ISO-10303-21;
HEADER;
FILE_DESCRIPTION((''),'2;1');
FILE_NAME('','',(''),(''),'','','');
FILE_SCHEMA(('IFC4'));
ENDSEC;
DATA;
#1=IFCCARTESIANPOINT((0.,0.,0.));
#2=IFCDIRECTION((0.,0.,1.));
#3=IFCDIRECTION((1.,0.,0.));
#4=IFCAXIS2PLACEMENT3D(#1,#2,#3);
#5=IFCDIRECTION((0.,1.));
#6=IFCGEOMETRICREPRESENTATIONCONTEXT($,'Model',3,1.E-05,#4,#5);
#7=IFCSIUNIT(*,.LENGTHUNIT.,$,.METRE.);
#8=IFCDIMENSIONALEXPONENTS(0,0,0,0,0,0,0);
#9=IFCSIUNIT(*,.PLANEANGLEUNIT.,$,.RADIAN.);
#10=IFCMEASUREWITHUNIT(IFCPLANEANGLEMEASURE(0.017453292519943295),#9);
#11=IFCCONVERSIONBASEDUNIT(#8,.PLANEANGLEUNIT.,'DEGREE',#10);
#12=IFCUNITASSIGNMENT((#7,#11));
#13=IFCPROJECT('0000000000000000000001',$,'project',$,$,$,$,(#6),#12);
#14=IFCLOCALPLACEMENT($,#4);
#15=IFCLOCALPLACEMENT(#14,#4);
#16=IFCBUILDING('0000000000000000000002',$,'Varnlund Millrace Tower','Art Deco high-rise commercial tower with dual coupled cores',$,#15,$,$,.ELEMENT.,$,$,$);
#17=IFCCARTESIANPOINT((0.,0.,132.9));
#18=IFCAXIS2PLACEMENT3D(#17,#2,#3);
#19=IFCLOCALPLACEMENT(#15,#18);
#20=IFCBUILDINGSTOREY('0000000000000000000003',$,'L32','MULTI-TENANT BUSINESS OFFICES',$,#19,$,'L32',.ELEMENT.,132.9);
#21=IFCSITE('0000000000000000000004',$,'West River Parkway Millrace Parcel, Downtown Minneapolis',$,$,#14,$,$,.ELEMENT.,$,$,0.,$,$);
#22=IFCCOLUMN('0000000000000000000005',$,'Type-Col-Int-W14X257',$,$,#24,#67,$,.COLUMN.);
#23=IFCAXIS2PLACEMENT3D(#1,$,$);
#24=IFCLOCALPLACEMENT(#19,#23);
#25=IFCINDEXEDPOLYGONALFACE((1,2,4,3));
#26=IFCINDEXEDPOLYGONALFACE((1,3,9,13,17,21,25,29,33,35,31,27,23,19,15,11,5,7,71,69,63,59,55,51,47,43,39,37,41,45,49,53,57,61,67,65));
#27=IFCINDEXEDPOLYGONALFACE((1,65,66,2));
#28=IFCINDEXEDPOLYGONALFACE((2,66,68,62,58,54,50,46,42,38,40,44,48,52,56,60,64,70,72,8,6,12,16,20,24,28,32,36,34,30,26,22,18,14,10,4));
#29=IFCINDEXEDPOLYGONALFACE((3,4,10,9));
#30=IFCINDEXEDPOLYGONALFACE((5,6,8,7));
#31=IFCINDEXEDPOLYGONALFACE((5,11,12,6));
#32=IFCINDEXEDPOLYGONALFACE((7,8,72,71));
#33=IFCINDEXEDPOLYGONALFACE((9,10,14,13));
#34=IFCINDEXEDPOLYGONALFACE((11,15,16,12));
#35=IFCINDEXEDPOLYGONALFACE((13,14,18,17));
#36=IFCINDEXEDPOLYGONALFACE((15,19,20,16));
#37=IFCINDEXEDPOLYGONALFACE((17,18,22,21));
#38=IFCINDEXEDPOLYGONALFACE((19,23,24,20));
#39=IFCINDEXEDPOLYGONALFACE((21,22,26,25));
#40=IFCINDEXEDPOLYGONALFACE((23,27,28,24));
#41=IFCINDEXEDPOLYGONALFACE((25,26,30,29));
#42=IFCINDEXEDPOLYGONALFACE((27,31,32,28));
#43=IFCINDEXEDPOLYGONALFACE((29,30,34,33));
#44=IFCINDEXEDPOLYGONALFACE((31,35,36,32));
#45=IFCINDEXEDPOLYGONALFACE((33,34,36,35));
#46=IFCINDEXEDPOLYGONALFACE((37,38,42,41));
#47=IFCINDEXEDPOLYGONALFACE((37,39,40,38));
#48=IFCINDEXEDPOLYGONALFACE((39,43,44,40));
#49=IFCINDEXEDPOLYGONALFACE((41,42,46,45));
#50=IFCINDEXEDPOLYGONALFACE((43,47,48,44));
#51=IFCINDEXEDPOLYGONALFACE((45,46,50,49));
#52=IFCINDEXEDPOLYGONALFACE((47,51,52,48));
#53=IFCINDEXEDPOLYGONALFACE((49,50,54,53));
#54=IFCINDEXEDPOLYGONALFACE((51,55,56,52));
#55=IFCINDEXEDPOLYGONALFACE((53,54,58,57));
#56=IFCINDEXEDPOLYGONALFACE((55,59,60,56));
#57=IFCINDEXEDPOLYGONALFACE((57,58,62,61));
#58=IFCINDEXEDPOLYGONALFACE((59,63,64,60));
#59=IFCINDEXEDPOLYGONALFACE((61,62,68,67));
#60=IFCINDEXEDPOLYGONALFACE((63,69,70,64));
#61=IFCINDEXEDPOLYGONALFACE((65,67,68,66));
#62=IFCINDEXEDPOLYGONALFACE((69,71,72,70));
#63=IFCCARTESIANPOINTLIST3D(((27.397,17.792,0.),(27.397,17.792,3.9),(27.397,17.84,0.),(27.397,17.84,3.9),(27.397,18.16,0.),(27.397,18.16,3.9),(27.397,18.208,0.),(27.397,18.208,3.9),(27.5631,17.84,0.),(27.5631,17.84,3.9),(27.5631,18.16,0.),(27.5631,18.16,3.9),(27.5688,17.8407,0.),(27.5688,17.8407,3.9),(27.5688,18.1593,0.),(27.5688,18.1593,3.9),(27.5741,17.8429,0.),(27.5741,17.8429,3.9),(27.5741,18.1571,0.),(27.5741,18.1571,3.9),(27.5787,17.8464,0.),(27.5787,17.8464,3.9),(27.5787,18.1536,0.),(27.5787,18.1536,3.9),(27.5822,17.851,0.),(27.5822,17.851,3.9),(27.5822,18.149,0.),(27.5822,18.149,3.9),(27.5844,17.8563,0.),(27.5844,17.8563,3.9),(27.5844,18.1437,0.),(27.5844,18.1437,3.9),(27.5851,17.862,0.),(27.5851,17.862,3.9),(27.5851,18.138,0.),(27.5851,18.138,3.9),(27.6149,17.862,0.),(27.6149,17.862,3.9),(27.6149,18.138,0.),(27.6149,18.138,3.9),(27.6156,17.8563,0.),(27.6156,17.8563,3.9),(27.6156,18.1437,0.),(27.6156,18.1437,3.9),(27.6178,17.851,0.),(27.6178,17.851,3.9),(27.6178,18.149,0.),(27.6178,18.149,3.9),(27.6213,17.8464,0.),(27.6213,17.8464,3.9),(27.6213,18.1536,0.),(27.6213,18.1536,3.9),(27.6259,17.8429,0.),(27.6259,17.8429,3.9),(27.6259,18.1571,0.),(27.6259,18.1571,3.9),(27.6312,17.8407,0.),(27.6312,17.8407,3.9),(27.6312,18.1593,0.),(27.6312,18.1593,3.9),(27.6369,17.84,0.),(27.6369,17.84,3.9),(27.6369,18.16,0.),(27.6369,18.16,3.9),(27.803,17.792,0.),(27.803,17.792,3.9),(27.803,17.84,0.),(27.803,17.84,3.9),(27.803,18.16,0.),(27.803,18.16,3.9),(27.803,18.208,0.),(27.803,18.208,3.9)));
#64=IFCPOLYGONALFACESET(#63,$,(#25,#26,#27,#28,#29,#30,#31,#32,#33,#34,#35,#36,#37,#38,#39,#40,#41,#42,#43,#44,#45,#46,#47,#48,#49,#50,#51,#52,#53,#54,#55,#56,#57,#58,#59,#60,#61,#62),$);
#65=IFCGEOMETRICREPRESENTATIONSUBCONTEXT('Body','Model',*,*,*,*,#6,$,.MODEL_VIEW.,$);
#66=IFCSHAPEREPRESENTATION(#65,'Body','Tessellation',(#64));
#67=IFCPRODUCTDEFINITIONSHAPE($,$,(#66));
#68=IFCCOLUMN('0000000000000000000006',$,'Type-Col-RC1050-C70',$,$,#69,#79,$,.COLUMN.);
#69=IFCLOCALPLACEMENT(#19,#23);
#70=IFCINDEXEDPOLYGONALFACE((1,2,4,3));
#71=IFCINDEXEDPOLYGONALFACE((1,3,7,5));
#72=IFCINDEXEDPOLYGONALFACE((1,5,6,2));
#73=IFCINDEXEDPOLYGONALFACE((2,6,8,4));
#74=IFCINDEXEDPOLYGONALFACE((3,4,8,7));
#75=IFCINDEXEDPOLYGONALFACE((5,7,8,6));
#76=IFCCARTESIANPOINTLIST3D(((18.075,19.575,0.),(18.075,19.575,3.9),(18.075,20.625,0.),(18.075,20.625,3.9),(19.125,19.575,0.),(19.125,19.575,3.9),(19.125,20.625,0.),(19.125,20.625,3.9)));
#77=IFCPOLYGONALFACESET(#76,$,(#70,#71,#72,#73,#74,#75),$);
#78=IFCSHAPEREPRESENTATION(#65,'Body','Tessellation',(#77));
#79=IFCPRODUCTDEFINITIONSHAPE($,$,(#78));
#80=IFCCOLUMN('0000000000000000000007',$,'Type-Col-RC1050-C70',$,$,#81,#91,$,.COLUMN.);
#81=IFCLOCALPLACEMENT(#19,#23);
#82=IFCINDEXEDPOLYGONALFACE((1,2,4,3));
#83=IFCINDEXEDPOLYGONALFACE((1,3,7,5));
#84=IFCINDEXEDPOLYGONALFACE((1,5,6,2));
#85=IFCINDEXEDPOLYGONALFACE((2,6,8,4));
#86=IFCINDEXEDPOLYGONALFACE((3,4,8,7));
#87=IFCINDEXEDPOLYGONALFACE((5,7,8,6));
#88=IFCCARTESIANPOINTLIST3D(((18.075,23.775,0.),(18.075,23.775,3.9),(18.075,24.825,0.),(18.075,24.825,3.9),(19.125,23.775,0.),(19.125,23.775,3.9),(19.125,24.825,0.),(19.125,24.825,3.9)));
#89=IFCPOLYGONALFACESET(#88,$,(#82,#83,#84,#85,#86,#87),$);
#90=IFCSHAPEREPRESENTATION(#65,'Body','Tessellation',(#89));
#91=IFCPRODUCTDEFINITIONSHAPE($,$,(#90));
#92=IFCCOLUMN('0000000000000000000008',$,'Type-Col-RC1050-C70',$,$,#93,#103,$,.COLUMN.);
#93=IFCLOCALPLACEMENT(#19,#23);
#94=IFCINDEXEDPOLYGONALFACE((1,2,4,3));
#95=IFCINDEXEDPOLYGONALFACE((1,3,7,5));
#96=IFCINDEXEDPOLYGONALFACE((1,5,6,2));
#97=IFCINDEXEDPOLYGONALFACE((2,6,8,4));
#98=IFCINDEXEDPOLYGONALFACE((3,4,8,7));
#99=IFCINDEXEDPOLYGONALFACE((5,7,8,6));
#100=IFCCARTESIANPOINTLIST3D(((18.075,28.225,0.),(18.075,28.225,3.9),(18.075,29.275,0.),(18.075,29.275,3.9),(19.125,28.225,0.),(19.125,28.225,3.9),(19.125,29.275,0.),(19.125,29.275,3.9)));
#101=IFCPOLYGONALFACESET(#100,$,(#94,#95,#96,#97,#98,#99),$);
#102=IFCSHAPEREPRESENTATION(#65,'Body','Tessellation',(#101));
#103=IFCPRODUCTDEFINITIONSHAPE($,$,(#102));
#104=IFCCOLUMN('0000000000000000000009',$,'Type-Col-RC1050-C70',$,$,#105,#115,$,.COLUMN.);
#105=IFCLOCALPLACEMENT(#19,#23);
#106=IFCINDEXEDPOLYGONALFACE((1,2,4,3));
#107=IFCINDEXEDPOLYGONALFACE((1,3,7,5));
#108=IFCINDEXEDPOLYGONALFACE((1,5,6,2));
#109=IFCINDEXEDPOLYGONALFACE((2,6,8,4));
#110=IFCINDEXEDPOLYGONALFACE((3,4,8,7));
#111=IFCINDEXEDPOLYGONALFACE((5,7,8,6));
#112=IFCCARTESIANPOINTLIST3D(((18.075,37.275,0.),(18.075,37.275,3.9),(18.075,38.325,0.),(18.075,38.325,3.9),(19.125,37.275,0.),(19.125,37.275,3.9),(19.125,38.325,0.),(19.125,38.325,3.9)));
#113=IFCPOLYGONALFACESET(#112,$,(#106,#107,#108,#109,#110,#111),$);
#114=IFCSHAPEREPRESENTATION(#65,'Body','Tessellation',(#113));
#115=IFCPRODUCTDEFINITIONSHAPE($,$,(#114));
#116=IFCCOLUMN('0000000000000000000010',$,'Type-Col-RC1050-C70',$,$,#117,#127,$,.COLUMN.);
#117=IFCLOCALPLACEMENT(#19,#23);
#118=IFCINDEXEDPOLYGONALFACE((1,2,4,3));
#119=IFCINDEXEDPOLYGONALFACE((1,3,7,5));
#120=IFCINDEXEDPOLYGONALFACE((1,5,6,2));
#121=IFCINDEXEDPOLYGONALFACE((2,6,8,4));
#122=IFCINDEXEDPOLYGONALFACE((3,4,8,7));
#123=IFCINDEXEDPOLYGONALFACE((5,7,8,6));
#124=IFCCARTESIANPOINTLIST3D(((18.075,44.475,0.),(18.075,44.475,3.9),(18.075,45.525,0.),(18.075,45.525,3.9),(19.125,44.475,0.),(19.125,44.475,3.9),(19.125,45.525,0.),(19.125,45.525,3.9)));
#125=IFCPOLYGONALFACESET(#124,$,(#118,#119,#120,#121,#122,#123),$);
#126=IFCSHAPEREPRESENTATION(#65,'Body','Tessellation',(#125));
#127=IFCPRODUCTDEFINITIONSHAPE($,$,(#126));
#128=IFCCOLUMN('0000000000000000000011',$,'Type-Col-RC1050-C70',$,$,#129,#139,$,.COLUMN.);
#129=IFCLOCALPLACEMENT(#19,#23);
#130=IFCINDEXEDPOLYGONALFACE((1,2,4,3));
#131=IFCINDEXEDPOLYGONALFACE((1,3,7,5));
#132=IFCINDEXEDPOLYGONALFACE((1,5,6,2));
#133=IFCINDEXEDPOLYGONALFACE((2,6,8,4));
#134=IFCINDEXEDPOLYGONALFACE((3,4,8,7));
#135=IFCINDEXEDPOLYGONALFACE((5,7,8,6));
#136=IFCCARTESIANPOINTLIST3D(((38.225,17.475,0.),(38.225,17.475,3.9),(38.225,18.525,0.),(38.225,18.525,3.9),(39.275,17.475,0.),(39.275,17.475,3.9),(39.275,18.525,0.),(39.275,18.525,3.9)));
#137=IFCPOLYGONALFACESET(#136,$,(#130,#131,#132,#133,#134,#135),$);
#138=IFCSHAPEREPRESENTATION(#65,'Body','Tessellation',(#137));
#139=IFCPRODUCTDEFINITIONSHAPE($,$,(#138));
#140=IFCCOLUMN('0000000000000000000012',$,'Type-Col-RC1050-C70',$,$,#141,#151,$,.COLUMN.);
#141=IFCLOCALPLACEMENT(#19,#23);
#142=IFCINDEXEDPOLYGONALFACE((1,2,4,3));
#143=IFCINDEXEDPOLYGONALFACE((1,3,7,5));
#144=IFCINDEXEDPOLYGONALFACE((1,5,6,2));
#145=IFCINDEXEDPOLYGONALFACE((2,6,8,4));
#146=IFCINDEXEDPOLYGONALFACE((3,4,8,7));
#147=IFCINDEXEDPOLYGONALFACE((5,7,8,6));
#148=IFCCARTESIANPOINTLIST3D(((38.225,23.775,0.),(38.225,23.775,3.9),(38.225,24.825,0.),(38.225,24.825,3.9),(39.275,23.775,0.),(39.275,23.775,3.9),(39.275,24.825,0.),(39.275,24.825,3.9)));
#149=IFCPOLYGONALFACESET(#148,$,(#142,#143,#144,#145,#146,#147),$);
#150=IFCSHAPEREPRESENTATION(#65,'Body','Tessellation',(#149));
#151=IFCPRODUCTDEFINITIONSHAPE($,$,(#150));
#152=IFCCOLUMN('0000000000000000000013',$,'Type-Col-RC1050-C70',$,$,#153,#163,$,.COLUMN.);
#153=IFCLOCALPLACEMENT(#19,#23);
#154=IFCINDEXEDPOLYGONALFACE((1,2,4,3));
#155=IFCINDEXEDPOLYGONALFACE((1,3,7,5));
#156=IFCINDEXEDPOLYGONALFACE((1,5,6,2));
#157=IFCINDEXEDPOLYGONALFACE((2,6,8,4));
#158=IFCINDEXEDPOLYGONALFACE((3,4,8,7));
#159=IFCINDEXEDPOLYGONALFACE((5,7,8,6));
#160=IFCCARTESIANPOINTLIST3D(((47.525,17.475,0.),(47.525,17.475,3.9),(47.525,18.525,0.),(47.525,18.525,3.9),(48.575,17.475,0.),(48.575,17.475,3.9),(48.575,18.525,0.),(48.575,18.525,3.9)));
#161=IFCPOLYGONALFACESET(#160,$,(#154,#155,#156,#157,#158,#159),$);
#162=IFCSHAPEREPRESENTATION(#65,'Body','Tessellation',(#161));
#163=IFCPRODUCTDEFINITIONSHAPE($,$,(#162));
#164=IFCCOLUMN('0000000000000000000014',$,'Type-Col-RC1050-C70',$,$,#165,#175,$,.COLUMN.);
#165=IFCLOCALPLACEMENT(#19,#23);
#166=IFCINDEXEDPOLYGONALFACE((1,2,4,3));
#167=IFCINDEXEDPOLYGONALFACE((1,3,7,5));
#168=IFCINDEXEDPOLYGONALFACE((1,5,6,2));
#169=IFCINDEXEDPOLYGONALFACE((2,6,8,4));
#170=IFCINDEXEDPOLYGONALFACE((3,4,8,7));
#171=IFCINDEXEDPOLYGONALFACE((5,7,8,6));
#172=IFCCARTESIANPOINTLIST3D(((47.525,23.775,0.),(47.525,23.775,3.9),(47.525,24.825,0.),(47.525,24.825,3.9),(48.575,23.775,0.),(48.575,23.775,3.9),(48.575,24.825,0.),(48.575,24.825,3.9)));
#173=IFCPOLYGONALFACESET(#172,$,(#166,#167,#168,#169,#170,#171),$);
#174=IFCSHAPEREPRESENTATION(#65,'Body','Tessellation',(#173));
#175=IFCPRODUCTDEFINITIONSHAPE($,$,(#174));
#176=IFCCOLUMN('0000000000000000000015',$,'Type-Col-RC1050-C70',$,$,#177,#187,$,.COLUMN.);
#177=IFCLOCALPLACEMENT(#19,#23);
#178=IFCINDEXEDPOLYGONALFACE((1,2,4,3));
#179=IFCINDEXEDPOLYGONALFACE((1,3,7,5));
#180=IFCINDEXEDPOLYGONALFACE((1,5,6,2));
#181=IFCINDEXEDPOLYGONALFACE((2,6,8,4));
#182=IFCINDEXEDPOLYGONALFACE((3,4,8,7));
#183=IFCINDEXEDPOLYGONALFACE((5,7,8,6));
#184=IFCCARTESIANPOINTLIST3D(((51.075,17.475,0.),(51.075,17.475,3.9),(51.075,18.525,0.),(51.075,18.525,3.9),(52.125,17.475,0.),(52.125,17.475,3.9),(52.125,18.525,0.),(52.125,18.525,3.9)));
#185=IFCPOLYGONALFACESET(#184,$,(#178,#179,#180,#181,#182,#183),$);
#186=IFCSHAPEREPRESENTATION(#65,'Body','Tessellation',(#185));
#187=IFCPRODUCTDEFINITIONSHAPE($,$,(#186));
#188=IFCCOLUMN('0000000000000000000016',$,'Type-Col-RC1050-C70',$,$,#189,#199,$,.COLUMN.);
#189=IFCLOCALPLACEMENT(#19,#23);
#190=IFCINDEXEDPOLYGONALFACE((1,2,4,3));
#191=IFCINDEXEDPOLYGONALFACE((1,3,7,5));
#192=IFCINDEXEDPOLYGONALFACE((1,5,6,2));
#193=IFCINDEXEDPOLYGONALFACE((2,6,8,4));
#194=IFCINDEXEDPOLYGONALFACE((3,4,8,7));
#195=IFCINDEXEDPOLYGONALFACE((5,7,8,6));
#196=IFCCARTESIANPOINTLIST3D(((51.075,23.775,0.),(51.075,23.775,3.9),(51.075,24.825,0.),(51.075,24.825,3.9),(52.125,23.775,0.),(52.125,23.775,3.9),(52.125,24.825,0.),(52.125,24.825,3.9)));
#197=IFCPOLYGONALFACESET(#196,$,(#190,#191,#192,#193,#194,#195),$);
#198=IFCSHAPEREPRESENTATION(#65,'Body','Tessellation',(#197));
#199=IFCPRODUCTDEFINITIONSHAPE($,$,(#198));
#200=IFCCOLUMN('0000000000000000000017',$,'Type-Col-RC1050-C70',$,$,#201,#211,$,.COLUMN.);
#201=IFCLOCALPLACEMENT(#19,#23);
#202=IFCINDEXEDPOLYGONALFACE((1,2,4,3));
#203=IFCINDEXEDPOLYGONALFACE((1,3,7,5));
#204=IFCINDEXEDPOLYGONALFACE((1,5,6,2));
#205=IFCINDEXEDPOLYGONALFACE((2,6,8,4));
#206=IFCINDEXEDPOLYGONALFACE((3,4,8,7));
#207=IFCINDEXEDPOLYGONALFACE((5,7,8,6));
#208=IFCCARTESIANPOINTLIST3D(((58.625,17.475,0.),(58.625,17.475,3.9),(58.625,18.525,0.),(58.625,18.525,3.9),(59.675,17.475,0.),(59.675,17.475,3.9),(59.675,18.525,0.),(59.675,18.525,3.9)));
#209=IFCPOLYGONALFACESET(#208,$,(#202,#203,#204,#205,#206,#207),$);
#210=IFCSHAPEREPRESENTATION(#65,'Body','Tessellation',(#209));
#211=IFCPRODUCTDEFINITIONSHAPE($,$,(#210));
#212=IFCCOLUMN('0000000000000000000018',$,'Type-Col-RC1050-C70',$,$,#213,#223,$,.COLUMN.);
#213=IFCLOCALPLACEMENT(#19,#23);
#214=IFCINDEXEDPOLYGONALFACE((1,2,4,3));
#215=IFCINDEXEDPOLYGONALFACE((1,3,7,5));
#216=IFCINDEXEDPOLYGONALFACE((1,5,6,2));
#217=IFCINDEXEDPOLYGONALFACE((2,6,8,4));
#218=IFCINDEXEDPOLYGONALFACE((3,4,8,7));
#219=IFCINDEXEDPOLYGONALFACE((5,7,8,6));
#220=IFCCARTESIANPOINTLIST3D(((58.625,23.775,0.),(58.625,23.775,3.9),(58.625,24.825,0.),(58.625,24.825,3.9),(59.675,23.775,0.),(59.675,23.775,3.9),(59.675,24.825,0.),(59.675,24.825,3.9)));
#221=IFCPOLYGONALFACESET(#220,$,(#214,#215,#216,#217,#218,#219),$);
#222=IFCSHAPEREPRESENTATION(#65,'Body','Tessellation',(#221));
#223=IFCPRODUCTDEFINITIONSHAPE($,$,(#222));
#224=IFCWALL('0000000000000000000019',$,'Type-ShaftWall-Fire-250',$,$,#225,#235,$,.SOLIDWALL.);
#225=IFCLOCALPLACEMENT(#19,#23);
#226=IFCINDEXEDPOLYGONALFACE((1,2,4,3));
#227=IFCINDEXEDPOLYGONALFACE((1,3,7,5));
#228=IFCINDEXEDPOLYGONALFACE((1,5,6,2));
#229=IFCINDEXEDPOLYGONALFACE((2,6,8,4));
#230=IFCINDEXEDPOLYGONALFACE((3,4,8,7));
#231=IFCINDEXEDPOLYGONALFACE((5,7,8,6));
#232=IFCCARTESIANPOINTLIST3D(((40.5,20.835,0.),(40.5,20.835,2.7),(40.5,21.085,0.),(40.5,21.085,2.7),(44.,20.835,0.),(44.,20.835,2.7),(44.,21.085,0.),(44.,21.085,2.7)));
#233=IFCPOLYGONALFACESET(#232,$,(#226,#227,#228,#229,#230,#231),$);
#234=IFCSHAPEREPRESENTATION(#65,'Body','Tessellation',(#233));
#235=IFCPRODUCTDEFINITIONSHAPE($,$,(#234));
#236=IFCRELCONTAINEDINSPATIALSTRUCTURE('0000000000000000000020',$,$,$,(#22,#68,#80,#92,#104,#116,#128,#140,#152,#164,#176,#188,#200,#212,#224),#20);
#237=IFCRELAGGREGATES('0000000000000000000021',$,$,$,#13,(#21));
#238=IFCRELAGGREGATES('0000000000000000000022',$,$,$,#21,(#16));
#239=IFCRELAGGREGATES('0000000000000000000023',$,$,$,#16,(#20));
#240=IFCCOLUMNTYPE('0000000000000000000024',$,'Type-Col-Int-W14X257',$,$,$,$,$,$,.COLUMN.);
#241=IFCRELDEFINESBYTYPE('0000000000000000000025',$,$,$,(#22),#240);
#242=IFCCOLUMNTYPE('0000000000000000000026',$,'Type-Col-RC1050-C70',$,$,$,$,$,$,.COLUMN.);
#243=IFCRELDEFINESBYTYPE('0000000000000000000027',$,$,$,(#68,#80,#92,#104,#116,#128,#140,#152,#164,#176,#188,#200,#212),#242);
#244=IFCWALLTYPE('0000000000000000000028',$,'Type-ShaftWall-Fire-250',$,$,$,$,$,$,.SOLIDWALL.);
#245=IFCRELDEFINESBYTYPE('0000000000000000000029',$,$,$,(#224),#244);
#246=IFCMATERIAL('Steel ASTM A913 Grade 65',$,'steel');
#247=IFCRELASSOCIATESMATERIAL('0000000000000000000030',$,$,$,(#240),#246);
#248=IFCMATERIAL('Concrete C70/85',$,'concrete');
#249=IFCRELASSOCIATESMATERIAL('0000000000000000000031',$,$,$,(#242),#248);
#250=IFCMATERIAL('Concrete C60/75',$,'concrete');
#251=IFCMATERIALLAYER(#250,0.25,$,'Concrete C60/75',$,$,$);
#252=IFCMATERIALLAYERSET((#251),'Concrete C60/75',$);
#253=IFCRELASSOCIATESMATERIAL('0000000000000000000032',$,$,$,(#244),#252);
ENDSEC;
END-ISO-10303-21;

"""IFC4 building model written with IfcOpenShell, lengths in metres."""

from ifc_helpers import new_model, entity, si_unit, converted_unit, direction, frame, origin_with_axes, origin_2d_with_axis, place, context, subcontext, project, spatial, polyline, rectangle, i_section, outline, extrude, material, layer, layer_set, material_profile, profile_set, type_object, element, save


model = new_model("IFC4")

# Units and contexts
model_context = context("Model", 3, precision=1e-05, world=origin_with_axes(), true_north=direction((0.0, 1.0)))
body_context = subcontext(model_context, "Body", "Model", "MODEL_VIEW")
ifc_project = project(units=[si_unit("LENGTHUNIT", "METRE"), converted_unit("PLANEANGLEUNIT", "DEGREE", entity("IfcPlaneAngleMeasure", 0.017453292519943295), si_unit("PLANEANGLEUNIT", "RADIAN"), dimensions=[0, 0, 0, 0, 0, 0, 0])], contexts=[model_context])

# Site, building, storey
site_placement = place(None, origin_with_axes())
site = spatial("IfcSite", under=ifc_project, at=site_placement, Name="West River Parkway Millrace Parcel, Downtown Minneapolis", CompositionType="ELEMENT", RefElevation=0.0)
building_placement = place(site_placement, origin_with_axes())
building = spatial("IfcBuilding", under=site, at=building_placement, Name="Varnlund Millrace Tower", Description="Art Deco high-rise commercial tower with dual coupled cores", CompositionType="ELEMENT")
storey_placement = place(building_placement, frame((0.0, 0.0, 132.9), z_axis=(0.0, 0.0, 1.0), x_axis=(1.0, 0.0, 0.0)))
storey = spatial("IfcBuildingStorey", under=building, at=storey_placement, Name="L32", Description="MULTI-TENANT BUSINESS OFFICES", LongName="L32", CompositionType="ELEMENT", Elevation=132.9)

# Columns
ifc_material_1 = material(Name="Steel ASTM A913 Grade 65", Category="steel")
ifc_material_profile_1 = material_profile(ifc_material_1, i_section(OverallWidth=0.406, OverallDepth=0.416, WebThickness=0.0298, FlangeThickness=0.048, FilletRadius=0.022, at=origin_2d_with_axis()), Name="Steel ASTM A913 Grade 65")
ifc_profile_set_1 = profile_set([ifc_material_profile_1], Name="Steel ASTM A913 Grade 65")
column_type_1 = type_object("IfcColumnType", Name="Type-Col-Int-W14X257", PredefinedType="COLUMN", material=ifc_profile_set_1)
column_placement = place(storey_placement, frame((27.6, 18.0, 0.0), z_axis=(0.0, 0.0, 1.0), x_axis=(1.0, 0.0, 0.0)))
element("IfcColumn", 1, at=column_placement, inside=storey, type_object=column_type_1, Name="Type-Col-Int-W14X257", PredefinedType="COLUMN", context=body_context, shape_type="SweptSolid", body=[
    extrude(i_section(OverallWidth=0.406, OverallDepth=0.416, WebThickness=0.0298, FlangeThickness=0.048, FilletRadius=0.022, at=origin_2d_with_axis()), origin_with_axes(), (0.0, 0.0, 1.0), 3.9),
])
ifc_material_2 = material(Name="Concrete C70/85", Category="concrete")
ifc_material_profile_2 = material_profile(ifc_material_2, rectangle(XDim=1.05, YDim=1.05, at=origin_2d_with_axis()), Name="Concrete C70/85")
ifc_profile_set_2 = profile_set([ifc_material_profile_2], Name="Concrete C70/85")
column_type_2 = type_object("IfcColumnType", Name="Type-Col-RC1050-C70", PredefinedType="COLUMN", material=ifc_profile_set_2)
for number, where, z_axis, x_axis, name in (
    (2, (18.6, 20.1, 0.0), (0.0, 0.0, 1.0), (1.0, 0.0, 0.0), "Type-Col-RC1050-C70"),
    (3, (18.6, 24.3, 0.0), (0.0, 0.0, 1.0), (1.0, 0.0, 0.0), "Type-Col-RC1050-C70"),
    (4, (18.6, 28.75, 0.0), (0.0, 0.0, 1.0), (1.0, 0.0, 0.0), "Type-Col-RC1050-C70"),
    (5, (18.6, 37.8, 0.0), (0.0, 0.0, 1.0), (1.0, 0.0, 0.0), "Type-Col-RC1050-C70"),
    (6, (18.6, 45.0, 0.0), (0.0, 0.0, 1.0), (1.0, 0.0, 0.0), "Type-Col-RC1050-C70"),
    (7, (38.75, 18.0, 0.0), (0.0, 0.0, 1.0), (1.0, 0.0, 0.0), "Type-Col-RC1050-C70"),
    (8, (38.75, 24.3, 0.0), (0.0, 0.0, 1.0), (1.0, 0.0, 0.0), "Type-Col-RC1050-C70"),
    (9, (48.05, 18.0, 0.0), (0.0, 0.0, 1.0), (1.0, 0.0, 0.0), "Type-Col-RC1050-C70"),
    (10, (48.05, 24.3, 0.0), (0.0, 0.0, 1.0), (1.0, 0.0, 0.0), "Type-Col-RC1050-C70"),
    (11, (51.6, 18.0, 0.0), (0.0, 0.0, 1.0), (1.0, 0.0, 0.0), "Type-Col-RC1050-C70"),
    (12, (51.6, 24.3, 0.0), (0.0, 0.0, 1.0), (1.0, 0.0, 0.0), "Type-Col-RC1050-C70"),
    (13, (59.15, 18.0, 0.0), (0.0, 0.0, 1.0), (1.0, 0.0, 0.0), "Type-Col-RC1050-C70"),
    (14, (59.15, 24.3, 0.0), (0.0, 0.0, 1.0), (1.0, 0.0, 0.0), "Type-Col-RC1050-C70"),
):
    element("IfcColumn", number, at=place(storey_placement, frame(where, z_axis=z_axis, x_axis=x_axis)), inside=storey, type_object=column_type_2, Name=name, PredefinedType="COLUMN", context=body_context, shape_type="SweptSolid", body=[
        extrude(rectangle(XDim=1.05, YDim=1.05, at=origin_2d_with_axis()), origin_with_axes(), (0.0, 0.0, 1.0), 3.9),
    ])

# Wall
ifc_material_3 = material(Name="Concrete C60/75", Category="concrete")
ifc_layer_1 = layer(ifc_material_3, 0.25, Name="Concrete C60/75")
ifc_layer_set_1 = layer_set([ifc_layer_1], Name="Concrete C60/75")
wall_type_1 = type_object("IfcWallType", Name="Type-ShaftWall-Fire-250", PredefinedType="SOLIDWALL", material=ifc_layer_set_1)
wall_1_placement = place(storey_placement, frame((40.5, 20.96, 0.0), z_axis=(0.0, 0.0, 1.0), x_axis=(1.0, 0.0, 0.0)))
element("IfcWall", 15, at=wall_1_placement, inside=storey, type_object=wall_type_1, Name="Type-ShaftWall-Fire-250", PredefinedType="SOLIDWALL", context=body_context, shape_type="SweptSolid", body=[
    extrude(outline(polyline([(0.0, -0.125), (3.5, -0.125), (3.5, 0.125), (0.0, 0.125), (0.0, -0.125)])), origin_with_axes(), (0.0, 0.0, 1.0), 2.7),
])

save(model, "model.ifc")
